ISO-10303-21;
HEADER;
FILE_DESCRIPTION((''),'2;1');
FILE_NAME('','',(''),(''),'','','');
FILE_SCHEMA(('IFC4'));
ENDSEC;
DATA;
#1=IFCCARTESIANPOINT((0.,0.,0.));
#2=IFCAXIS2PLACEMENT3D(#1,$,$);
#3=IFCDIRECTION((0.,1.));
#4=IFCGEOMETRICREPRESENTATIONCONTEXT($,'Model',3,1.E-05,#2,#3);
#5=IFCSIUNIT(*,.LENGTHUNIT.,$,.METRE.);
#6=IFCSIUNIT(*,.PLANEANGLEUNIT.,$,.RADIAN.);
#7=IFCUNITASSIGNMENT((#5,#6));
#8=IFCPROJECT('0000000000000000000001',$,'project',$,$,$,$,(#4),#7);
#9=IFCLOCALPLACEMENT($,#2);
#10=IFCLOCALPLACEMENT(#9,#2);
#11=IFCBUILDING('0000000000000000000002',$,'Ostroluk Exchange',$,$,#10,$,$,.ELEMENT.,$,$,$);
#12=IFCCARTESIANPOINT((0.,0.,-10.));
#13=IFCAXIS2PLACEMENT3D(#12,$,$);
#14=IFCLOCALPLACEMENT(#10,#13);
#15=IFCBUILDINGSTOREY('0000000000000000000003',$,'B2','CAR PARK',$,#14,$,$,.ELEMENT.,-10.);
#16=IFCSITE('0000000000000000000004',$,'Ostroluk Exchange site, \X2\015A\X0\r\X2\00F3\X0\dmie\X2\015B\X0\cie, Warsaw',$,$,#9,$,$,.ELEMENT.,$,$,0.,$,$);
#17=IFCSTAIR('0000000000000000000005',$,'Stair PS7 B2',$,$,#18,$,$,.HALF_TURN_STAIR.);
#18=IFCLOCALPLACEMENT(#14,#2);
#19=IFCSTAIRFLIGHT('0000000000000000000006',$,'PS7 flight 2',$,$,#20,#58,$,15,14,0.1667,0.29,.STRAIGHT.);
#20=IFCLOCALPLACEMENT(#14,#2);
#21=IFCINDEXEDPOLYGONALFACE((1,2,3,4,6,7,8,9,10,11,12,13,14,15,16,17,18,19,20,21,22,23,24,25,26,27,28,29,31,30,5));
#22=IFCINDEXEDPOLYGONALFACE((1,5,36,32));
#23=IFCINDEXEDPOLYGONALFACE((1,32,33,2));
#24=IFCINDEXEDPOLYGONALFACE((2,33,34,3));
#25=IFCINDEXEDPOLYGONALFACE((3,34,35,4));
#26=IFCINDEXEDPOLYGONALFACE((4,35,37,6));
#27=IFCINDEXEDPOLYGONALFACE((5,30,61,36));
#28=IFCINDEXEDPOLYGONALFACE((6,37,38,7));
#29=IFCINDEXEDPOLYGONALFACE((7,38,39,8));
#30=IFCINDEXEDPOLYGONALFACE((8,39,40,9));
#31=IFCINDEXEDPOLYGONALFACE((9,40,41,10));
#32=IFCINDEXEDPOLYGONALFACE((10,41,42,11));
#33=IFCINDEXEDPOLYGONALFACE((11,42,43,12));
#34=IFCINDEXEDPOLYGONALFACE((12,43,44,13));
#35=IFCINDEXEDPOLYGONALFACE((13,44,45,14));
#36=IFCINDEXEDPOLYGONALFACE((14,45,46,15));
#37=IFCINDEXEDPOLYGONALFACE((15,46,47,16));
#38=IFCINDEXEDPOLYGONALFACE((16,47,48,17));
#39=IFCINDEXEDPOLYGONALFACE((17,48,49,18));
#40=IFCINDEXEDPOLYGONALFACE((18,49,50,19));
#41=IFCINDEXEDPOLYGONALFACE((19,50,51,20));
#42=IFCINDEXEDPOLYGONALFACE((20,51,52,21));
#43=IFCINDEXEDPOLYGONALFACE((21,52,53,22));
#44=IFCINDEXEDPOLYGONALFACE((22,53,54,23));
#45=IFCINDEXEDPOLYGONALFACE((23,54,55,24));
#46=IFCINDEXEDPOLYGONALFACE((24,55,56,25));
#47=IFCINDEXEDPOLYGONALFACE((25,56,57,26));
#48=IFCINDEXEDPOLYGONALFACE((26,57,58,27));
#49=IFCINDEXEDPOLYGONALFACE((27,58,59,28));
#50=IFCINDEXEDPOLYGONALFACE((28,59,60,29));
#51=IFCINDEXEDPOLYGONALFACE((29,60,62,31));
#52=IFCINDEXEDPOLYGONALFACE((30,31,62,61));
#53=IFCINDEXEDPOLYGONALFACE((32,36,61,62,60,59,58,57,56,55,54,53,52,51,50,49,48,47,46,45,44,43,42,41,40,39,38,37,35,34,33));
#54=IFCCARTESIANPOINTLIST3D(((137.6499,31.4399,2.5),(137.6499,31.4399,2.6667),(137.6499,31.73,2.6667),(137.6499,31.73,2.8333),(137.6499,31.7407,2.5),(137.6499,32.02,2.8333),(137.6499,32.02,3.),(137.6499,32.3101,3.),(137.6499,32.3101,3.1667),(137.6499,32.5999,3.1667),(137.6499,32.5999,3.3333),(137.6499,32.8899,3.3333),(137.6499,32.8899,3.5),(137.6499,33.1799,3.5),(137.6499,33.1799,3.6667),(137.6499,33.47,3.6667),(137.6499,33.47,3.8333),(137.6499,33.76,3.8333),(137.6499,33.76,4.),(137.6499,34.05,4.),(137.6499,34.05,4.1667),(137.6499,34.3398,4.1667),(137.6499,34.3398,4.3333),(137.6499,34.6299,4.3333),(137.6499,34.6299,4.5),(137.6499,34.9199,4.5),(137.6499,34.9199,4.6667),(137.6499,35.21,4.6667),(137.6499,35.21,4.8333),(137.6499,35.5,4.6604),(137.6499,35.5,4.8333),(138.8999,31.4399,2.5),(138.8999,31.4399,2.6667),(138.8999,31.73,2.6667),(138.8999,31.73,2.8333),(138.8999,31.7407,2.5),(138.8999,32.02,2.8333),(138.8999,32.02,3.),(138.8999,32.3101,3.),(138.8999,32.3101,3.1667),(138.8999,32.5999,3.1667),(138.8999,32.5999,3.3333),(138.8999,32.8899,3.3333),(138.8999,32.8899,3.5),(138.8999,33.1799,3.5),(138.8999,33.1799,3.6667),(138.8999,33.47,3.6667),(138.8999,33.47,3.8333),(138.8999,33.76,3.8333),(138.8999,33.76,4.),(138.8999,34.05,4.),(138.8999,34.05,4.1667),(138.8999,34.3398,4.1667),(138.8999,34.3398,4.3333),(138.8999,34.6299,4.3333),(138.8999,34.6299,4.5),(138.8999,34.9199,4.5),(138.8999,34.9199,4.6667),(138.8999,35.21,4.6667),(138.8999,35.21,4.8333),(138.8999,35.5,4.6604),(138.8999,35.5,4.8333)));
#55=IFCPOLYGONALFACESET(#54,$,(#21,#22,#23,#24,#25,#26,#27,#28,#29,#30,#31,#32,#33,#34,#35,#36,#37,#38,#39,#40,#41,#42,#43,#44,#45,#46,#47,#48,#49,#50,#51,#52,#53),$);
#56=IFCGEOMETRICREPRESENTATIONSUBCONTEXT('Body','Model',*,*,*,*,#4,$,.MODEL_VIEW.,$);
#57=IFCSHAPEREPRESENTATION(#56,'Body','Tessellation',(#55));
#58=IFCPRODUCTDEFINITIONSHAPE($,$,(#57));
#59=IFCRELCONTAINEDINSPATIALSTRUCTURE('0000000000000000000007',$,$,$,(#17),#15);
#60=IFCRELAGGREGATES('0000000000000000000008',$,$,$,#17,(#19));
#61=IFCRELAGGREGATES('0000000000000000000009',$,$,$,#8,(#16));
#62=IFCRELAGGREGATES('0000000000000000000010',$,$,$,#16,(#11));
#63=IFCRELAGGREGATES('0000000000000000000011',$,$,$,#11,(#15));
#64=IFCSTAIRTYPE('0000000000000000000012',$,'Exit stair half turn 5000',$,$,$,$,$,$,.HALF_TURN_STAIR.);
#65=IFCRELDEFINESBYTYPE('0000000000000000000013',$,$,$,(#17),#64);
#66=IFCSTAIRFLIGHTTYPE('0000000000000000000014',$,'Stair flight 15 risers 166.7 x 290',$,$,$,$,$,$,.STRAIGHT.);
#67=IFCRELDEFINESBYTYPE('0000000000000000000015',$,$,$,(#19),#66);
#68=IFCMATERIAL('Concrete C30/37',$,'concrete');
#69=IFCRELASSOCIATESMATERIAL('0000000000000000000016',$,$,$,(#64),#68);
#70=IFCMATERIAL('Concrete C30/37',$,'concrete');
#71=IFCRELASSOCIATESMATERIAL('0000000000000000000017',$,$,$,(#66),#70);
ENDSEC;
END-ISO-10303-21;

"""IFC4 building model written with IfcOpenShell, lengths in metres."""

from ifc_helpers import new_model, si_unit, direction, frame, origin, place, context, subcontext, project, spatial, polyline, outline, extrude, material, type_object, element, aggregate, save


model = new_model("IFC4")

# Units and contexts
model_context = context("Model", 3, precision=1e-05, world=origin(), true_north=direction((0.0, 1.0)))
body_context = subcontext(model_context, "Body", "Model", "MODEL_VIEW")
ifc_project = project(units=[si_unit("LENGTHUNIT", "METRE"), si_unit("PLANEANGLEUNIT", "RADIAN")], contexts=[model_context])

# Site, building, storey
site_placement = place(None, origin())
site = spatial("IfcSite", under=ifc_project, at=site_placement, Name="Ostroluk Exchange site, Śródmieście, Warsaw", CompositionType="ELEMENT", RefElevation=0.0)
building_placement = place(site_placement, origin())
building = spatial("IfcBuilding", under=site, at=building_placement, Name="Ostroluk Exchange", CompositionType="ELEMENT")
storey_placement = place(building_placement, frame((0.0, 0.0, -10.0)))
storey = spatial("IfcBuildingStorey", under=building, at=storey_placement, Name="B2", Description="CAR PARK", CompositionType="ELEMENT", Elevation=-10.0)

# Stair, stair flight
ifc_material_1 = material(Name="Concrete C30/37", Category="concrete")
stair_type = type_object("IfcStairType", Name="Exit stair half turn 5000", PredefinedType="HALF_TURN_STAIR", material=ifc_material_1)
stair_placement = place(storey_placement, origin())
stair = element("IfcStair", 1, at=stair_placement, inside=storey, type_object=stair_type, Name="Stair PS7 B2", PredefinedType="HALF_TURN_STAIR")
ifc_material_2 = material(Name="Concrete C30/37", Category="concrete")
stair_flight_type = type_object("IfcStairFlightType", Name="Stair flight 15 risers 166.7 x 290", PredefinedType="STRAIGHT", material=ifc_material_2)
stair_flight_1_placement = place(storey_placement, frame((138.2749, 31.4399, 2.5), z_axis=(0.0, 0.0, 1.0), x_axis=(0.0, 1.0, 0.0)))
stair_flight_1 = element("IfcStairFlight", 2, at=stair_flight_1_placement, type_object=stair_flight_type, Name="PS7 flight 2", NumberOfRisers=15, NumberOfTreads=14, PredefinedType="STRAIGHT", RiserHeight=0.1667, TreadLength=0.29, context=body_context, shape_type="SweptSolid", body=[
    extrude(outline(polyline([(0.0, 0.0), (0.0, 0.1667), (0.29, 0.1667), (0.29, 0.3333), (0.5801, 0.3333), (0.5801, 0.5), (0.8701, 0.5), (0.8701, 0.6667), (1.1599, 0.6667), (1.1599, 0.8333), (1.45, 0.8333), (1.45, 1.0), (1.74, 1.0), (1.74, 1.1667), (2.03, 1.1667), (2.03, 1.3333), (2.3201, 1.3333), (2.3201, 1.5), (2.6101, 1.5), (2.6101, 1.6667), (2.8999, 1.6667), (2.8999, 1.8333), (3.1899, 1.8333), (3.1899, 2.0), (3.48, 2.0), (3.48, 2.1667), (3.77, 2.1667), (3.77, 2.3333), (4.0601, 2.3333), (4.0601, 2.5), (4.0601, 2.1604), (0.3008, 0.0), (0.0, 0.0)])), frame((0.0, 0.625, 0.0), z_axis=(0.0, -1.0, 0.0), x_axis=(1.0, 0.0, 0.0)), (0.0, 0.0, 1.0), 1.25),
])
aggregate(stair, [stair_flight_1])

save(model, "model.ifc")
